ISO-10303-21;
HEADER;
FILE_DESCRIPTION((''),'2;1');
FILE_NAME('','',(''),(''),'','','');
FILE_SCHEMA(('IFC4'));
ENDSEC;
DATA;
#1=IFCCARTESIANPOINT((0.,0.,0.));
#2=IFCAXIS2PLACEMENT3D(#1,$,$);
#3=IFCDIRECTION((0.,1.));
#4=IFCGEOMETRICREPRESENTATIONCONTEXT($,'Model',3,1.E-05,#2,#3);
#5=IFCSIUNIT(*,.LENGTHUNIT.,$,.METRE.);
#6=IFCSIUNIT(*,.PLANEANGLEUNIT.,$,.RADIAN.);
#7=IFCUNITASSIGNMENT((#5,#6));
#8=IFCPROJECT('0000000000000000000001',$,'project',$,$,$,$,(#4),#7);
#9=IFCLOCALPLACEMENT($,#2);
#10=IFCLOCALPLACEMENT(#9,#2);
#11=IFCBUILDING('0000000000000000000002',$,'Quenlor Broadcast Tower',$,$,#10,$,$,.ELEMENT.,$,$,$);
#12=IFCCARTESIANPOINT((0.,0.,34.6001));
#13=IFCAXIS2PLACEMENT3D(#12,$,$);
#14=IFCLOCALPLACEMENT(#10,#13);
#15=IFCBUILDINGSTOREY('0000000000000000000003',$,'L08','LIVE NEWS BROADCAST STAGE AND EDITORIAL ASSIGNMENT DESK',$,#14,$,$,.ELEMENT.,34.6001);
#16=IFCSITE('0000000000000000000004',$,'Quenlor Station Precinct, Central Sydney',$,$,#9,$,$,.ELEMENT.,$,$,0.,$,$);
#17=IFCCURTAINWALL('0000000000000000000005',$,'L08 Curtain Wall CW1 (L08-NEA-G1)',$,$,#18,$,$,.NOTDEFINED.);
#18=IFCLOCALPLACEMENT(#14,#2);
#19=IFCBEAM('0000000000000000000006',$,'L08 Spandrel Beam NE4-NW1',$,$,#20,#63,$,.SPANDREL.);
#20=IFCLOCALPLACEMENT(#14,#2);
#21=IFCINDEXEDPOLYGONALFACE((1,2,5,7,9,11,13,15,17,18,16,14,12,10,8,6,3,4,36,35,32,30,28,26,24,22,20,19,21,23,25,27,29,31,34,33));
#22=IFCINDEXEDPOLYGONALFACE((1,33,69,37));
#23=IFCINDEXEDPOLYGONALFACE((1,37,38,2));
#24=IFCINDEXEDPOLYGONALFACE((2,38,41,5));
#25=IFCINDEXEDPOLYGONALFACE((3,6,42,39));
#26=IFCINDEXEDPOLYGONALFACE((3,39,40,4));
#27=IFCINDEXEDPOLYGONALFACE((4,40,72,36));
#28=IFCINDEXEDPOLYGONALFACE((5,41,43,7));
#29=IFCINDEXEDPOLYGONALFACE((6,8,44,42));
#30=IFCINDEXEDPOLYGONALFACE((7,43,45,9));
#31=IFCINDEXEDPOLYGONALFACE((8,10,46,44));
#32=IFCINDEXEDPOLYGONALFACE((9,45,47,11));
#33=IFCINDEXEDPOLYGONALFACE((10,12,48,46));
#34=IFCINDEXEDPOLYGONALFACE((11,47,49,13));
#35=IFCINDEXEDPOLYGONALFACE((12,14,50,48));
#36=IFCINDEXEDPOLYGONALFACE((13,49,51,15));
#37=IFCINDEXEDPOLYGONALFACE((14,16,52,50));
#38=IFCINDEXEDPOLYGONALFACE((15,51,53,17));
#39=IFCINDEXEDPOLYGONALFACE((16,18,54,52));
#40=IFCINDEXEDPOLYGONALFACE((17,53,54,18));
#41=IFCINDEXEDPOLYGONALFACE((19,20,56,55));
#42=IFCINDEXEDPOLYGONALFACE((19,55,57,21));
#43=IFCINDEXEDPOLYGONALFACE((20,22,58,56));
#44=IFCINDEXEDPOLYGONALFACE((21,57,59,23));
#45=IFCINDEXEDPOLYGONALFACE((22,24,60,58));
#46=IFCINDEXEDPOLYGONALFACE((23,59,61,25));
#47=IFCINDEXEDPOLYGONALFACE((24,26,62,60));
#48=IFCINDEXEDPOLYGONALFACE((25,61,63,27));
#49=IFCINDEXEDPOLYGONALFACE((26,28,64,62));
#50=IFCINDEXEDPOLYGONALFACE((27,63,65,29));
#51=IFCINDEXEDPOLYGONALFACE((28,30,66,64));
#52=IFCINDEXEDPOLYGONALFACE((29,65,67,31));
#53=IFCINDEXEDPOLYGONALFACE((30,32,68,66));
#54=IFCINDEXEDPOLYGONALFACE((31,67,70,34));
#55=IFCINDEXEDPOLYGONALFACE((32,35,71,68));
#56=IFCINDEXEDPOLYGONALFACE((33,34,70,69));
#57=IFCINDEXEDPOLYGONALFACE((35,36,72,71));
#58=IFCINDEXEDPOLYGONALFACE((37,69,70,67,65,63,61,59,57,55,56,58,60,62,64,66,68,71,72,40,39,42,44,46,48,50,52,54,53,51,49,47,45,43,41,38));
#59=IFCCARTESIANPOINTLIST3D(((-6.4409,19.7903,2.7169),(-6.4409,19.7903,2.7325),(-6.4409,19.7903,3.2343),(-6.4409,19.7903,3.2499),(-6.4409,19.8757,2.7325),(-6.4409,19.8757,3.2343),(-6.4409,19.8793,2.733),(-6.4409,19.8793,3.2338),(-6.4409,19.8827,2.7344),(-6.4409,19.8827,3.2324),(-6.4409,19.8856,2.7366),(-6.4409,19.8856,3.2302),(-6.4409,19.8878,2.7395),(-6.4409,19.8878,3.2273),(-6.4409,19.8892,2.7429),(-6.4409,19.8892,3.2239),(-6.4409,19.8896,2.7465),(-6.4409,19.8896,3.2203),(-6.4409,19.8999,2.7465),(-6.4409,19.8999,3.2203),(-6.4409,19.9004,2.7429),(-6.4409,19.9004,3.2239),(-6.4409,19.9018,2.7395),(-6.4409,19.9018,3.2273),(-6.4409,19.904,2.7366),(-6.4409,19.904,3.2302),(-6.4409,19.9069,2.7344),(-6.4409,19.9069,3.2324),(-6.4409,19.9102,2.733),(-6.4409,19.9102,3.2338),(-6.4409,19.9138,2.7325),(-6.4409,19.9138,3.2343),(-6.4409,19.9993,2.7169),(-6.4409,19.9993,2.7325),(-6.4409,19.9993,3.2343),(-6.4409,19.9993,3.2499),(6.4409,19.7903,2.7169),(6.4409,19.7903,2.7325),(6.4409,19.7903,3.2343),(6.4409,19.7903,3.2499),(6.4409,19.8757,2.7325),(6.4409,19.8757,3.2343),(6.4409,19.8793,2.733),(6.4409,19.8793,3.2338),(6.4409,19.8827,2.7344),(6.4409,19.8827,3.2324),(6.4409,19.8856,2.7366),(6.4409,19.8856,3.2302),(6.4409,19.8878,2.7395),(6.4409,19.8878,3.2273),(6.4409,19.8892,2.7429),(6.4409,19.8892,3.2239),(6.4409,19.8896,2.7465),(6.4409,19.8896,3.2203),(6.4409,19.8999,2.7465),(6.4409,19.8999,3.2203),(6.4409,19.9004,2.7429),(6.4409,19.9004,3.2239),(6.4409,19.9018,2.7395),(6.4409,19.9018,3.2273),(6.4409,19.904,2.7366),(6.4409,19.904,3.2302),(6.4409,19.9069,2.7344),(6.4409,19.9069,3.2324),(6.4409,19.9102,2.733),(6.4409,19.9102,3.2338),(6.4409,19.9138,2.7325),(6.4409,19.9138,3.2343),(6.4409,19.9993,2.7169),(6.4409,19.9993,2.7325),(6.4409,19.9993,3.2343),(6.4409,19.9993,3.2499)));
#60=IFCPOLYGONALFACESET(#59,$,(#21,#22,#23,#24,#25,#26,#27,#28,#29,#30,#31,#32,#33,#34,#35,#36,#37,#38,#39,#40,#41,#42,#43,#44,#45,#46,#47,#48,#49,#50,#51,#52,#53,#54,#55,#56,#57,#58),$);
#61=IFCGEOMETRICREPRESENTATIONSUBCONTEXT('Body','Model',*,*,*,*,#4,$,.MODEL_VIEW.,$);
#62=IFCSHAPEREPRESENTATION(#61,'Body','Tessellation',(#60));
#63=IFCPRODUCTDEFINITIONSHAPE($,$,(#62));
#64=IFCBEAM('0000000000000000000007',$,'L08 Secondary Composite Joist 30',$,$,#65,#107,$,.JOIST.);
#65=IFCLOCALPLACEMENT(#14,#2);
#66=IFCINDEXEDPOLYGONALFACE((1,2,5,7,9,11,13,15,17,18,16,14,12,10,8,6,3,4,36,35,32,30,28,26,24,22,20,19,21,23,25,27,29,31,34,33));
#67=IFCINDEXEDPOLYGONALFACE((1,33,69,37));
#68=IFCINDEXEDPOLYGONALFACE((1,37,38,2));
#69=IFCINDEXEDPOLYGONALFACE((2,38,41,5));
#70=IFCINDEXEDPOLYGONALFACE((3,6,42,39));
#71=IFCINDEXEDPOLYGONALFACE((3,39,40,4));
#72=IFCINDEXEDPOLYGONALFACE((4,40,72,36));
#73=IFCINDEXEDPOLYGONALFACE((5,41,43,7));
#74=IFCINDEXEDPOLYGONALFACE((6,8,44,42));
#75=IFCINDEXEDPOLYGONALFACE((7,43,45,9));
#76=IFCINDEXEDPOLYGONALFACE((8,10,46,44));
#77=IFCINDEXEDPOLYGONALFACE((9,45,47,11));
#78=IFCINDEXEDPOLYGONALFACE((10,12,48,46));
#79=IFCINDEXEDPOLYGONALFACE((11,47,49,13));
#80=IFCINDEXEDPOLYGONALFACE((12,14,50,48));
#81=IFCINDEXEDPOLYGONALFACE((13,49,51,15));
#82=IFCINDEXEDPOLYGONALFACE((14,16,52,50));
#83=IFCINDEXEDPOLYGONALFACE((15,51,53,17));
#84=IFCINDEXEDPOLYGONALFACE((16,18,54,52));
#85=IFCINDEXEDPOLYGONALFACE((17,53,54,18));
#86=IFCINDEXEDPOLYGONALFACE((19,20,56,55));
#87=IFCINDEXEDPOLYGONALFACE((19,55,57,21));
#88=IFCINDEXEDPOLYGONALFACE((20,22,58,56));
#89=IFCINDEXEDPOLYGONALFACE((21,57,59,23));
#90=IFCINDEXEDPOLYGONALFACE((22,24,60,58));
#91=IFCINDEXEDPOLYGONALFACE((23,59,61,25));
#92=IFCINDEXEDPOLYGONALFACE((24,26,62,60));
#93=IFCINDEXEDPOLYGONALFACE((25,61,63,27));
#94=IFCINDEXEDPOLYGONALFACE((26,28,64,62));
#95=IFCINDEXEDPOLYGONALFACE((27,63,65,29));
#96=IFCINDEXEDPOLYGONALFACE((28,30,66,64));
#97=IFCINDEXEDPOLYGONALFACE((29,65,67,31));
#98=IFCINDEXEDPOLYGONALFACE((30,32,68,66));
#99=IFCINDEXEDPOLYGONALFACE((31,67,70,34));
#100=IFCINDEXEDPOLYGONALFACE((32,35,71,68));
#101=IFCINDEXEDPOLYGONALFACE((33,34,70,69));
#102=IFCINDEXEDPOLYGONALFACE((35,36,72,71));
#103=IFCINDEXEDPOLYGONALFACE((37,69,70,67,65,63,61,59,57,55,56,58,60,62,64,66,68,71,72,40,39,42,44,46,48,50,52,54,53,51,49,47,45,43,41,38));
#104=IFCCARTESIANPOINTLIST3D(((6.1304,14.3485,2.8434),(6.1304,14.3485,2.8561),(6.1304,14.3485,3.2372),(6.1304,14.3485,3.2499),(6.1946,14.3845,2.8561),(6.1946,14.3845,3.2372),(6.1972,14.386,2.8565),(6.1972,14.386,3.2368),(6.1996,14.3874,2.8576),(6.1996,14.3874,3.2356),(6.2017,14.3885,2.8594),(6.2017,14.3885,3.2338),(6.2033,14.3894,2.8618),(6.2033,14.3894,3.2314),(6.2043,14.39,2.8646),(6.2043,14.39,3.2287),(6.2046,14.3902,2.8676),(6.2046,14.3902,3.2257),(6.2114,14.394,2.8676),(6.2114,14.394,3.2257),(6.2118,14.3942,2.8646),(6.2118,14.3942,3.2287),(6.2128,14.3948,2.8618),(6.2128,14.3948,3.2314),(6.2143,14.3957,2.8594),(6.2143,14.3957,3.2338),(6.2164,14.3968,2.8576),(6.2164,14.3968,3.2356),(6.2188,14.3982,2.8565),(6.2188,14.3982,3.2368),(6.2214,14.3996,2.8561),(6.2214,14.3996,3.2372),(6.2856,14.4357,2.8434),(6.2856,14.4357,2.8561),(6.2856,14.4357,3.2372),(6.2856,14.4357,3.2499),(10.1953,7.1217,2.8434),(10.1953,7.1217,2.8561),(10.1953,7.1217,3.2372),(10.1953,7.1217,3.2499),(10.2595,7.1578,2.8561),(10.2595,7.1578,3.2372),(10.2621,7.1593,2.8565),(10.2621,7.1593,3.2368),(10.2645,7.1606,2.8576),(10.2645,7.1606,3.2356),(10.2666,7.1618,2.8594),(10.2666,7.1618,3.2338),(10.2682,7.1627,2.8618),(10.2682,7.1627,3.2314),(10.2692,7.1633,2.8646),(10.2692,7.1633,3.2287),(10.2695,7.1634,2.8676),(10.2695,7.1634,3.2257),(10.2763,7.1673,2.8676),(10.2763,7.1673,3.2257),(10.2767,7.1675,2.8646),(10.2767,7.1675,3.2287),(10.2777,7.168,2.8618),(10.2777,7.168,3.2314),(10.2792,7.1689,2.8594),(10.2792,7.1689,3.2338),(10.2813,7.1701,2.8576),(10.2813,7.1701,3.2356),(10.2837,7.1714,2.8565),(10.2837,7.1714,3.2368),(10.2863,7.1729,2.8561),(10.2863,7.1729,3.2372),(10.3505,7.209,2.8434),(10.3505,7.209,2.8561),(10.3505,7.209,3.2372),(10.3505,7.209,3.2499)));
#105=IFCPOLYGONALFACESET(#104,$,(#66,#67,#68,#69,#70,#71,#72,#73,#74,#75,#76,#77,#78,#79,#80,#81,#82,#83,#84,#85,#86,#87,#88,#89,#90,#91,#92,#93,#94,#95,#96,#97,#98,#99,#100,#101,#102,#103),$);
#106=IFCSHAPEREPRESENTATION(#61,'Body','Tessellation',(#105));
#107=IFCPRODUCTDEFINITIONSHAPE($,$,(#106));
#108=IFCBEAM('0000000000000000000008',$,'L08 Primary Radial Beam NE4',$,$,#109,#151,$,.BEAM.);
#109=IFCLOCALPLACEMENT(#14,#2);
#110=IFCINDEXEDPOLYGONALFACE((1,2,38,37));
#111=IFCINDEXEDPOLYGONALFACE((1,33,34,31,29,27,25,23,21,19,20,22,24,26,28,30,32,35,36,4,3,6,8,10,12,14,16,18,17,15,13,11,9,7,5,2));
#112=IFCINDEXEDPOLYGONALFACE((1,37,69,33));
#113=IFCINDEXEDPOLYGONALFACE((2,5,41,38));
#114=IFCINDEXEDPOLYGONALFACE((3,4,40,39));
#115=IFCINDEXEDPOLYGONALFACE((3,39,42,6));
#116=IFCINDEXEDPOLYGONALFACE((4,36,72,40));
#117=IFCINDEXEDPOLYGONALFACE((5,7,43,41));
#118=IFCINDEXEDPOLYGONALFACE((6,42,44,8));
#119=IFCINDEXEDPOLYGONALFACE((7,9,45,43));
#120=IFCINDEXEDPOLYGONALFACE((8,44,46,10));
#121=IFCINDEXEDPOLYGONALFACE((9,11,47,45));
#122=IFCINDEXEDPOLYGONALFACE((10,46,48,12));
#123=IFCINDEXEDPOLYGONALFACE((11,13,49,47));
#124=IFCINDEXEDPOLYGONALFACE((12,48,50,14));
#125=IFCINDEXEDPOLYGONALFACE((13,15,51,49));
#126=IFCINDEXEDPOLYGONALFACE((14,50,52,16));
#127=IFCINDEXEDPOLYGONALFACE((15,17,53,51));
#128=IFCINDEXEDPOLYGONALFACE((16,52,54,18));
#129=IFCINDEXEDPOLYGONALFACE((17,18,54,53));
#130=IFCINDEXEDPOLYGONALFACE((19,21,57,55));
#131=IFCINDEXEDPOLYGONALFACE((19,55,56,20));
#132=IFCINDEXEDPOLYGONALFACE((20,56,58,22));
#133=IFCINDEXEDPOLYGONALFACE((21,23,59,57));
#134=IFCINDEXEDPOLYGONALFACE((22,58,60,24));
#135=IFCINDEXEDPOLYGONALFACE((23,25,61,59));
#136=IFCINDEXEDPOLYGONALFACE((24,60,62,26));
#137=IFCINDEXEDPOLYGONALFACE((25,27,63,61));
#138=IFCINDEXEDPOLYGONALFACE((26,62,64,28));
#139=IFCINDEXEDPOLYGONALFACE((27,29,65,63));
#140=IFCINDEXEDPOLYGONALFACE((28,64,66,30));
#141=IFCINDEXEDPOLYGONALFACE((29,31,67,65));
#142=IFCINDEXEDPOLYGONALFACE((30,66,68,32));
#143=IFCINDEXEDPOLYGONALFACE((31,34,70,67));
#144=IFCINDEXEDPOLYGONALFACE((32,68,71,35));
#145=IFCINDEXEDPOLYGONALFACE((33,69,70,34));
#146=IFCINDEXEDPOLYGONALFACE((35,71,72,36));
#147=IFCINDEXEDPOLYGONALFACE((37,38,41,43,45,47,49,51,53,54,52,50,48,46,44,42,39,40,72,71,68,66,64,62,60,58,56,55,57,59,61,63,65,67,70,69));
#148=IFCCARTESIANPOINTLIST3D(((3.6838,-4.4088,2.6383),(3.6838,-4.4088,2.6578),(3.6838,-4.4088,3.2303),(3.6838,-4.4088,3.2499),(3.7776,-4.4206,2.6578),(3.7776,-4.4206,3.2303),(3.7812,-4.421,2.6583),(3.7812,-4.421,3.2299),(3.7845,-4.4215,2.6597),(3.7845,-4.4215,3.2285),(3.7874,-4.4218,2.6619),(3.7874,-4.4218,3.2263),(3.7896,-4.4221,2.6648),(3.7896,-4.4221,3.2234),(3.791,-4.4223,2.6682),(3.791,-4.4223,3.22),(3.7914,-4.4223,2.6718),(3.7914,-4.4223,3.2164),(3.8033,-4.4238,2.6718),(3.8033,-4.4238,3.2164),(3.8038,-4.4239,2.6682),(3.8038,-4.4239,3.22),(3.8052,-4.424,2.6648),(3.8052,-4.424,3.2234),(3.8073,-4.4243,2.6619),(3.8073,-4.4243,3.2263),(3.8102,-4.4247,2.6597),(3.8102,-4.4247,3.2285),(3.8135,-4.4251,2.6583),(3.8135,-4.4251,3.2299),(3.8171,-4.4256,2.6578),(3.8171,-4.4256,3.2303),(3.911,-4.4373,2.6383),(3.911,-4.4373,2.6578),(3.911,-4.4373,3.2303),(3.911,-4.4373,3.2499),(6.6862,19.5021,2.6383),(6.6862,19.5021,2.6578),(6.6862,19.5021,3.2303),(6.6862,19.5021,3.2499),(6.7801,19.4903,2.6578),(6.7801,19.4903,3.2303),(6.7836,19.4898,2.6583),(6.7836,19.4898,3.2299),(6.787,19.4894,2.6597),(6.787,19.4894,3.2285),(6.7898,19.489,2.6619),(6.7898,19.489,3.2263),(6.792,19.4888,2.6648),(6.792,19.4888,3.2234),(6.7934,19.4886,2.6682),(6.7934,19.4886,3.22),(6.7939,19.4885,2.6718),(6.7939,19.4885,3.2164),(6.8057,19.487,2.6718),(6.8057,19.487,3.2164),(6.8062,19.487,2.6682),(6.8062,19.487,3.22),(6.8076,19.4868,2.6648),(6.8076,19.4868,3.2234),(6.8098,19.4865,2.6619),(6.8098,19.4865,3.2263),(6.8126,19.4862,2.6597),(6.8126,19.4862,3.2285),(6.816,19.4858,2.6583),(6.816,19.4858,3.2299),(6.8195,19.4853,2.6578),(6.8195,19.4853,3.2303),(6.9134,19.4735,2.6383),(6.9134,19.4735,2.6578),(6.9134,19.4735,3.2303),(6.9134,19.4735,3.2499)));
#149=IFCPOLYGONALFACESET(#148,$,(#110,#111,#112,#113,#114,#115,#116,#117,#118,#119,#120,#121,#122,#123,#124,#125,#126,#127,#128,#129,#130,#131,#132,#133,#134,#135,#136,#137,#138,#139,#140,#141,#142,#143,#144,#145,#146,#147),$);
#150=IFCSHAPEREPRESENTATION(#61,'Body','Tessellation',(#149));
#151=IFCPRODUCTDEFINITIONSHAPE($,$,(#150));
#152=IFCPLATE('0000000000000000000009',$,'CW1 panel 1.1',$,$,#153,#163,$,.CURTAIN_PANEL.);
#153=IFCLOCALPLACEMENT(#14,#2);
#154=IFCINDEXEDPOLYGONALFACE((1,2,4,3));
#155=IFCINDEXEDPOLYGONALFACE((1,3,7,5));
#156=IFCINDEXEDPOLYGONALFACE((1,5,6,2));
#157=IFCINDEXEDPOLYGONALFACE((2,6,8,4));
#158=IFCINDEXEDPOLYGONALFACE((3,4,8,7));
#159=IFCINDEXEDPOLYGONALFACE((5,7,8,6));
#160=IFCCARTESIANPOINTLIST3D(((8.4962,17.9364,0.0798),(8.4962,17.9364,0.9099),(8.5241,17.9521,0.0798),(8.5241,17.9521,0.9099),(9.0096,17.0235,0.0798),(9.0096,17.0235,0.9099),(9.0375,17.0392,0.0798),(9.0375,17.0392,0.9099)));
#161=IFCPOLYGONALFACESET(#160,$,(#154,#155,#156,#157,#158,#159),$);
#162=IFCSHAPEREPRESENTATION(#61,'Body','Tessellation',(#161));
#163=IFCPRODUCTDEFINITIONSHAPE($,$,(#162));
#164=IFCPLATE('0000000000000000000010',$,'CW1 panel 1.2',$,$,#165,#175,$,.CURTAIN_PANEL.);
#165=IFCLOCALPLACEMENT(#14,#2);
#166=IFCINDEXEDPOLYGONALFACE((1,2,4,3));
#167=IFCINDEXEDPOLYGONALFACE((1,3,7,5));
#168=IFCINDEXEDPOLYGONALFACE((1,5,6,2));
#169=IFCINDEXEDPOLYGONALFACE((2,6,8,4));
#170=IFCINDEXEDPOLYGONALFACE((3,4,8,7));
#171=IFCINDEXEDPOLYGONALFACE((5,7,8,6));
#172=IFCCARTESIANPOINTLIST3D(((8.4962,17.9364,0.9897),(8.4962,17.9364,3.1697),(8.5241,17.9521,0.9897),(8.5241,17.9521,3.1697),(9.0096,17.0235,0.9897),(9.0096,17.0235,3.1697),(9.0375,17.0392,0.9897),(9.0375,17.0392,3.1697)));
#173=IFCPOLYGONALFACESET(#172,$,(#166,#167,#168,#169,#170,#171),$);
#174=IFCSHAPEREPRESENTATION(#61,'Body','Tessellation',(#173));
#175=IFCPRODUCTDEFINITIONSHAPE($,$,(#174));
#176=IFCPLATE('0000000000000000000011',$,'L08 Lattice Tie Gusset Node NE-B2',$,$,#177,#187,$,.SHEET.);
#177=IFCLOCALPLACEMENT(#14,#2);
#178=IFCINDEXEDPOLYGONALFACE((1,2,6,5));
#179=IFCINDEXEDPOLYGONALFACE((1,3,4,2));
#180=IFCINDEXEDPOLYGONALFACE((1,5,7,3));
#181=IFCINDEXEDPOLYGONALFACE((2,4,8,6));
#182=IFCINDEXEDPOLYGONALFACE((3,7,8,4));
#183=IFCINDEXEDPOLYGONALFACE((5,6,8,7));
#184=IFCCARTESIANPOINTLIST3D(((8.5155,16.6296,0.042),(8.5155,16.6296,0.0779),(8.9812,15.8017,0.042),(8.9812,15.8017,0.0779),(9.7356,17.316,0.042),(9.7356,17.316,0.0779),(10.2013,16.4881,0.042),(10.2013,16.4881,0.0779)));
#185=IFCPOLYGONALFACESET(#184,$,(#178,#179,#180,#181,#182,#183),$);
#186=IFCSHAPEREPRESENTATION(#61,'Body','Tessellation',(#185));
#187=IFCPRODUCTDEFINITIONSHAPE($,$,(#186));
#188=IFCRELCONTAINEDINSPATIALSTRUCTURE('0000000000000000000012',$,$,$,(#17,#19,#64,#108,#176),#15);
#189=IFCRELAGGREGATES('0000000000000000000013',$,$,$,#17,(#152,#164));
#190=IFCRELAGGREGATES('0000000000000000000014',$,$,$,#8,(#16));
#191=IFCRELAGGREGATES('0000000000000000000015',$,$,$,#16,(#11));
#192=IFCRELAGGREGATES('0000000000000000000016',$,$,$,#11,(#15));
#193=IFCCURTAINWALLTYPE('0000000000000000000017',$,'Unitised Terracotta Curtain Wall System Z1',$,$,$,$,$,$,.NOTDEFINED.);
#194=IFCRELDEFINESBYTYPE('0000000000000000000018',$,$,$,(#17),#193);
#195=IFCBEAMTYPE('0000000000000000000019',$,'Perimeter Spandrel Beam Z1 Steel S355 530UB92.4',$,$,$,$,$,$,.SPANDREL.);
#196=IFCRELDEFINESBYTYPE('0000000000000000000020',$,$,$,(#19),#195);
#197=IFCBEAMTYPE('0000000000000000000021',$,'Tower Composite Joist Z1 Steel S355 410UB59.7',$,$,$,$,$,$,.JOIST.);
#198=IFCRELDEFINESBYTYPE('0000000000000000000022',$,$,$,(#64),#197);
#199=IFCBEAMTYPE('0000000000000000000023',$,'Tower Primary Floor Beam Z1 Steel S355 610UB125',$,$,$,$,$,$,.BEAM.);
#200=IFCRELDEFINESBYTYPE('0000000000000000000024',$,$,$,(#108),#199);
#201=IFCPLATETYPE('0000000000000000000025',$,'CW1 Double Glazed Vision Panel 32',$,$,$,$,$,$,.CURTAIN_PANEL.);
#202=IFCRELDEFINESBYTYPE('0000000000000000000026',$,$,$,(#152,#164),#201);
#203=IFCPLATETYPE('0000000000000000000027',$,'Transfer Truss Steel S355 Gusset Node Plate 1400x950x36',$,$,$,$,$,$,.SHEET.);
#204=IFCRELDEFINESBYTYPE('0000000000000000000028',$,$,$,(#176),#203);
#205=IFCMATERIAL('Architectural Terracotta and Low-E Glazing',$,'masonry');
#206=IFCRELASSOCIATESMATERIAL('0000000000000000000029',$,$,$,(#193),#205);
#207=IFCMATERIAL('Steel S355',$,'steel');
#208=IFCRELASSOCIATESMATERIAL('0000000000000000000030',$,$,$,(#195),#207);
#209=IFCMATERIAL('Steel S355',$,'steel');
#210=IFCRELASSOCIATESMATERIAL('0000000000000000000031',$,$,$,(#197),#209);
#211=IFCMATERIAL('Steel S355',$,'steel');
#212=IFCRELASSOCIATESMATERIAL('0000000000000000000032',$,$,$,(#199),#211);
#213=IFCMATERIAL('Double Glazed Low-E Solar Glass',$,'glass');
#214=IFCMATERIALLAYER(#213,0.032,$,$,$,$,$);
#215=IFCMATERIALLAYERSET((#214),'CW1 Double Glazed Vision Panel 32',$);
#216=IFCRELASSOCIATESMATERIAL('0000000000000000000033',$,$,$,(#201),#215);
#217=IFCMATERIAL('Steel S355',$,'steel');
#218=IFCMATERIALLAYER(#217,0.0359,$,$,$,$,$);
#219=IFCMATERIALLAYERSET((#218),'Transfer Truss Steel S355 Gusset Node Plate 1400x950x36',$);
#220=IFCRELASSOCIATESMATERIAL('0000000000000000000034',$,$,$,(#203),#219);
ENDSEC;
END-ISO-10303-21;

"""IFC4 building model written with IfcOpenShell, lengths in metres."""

from ifc_helpers import new_model, si_unit, direction, frame, origin, origin_2d, place, context, subcontext, project, spatial, rectangle, i_section, extrude, material, layer, layer_set, material_profile, profile_set, type_object, element, aggregate, save


model = new_model("IFC4")

# Units and contexts
model_context = context("Model", 3, precision=1e-05, world=origin(), true_north=direction((0.0, 1.0)))
body_context = subcontext(model_context, "Body", "Model", "MODEL_VIEW")
ifc_project = project(units=[si_unit("LENGTHUNIT", "METRE"), si_unit("PLANEANGLEUNIT", "RADIAN")], contexts=[model_context])

# Site, building, storey
site_placement = place(None, origin())
site = spatial("IfcSite", under=ifc_project, at=site_placement, Name="Quenlor Station Precinct, Central Sydney", CompositionType="ELEMENT", RefElevation=0.0)
building_placement = place(site_placement, origin())
building = spatial("IfcBuilding", under=site, at=building_placement, Name="Quenlor Broadcast Tower", CompositionType="ELEMENT")
storey_placement = place(building_placement, frame((0.0, 0.0, 34.6001)))
storey = spatial("IfcBuildingStorey", under=building, at=storey_placement, Name="L08", Description="LIVE NEWS BROADCAST STAGE AND EDITORIAL ASSIGNMENT DESK", CompositionType="ELEMENT", Elevation=34.6001)

# Curtain wall
ifc_material_1 = material(Name="Architectural Terracotta and Low-E Glazing", Category="masonry")
curtain_wall_type = type_object("IfcCurtainWallType", Name="Unitised Terracotta Curtain Wall System Z1", PredefinedType="NOTDEFINED", material=ifc_material_1)
curtain_wall_placement = place(storey_placement, origin())
curtain_wall = element("IfcCurtainWall", 1, at=curtain_wall_placement, inside=storey, type_object=curtain_wall_type, Name="L08 Curtain Wall CW1 (L08-NEA-G1)", PredefinedType="NOTDEFINED")

# Beams
ifc_material_2 = material(Name="Steel S355", Category="steel")
ifc_material_profile_1 = material_profile(ifc_material_2, i_section(OverallWidth=0.209, OverallDepth=0.533, WebThickness=0.0103, FlangeThickness=0.0156, FilletRadius=0.0139, at=origin_2d()))
ifc_profile_set_1 = profile_set([ifc_material_profile_1], Name="Steel S355 530UB92.4")
beam_type_1 = type_object("IfcBeamType", Name="Perimeter Spandrel Beam Z1 Steel S355 530UB92.4", PredefinedType="SPANDREL", material=ifc_profile_set_1)
beam_1_placement = place(storey_placement, frame((6.4409, 19.8948, 2.9834), z_axis=(-1.0, 0.0, 0.0), x_axis=(0.0, -1.0, 0.0)))
element("IfcBeam", 2, at=beam_1_placement, inside=storey, type_object=beam_type_1, Name="L08 Spandrel Beam NE4-NW1", PredefinedType="SPANDREL", context=body_context, shape_type="SweptSolid", body=[
    extrude(i_section(OverallWidth=0.209, OverallDepth=0.533, WebThickness=0.0103, FlangeThickness=0.0156, FilletRadius=0.0139, at=origin_2d()), origin(), (0.0, 0.0, 1.0), 12.8818),
])
ifc_material_3 = material(Name="Steel S355", Category="steel")
ifc_material_profile_2 = material_profile(ifc_material_3, i_section(OverallWidth=0.178, OverallDepth=0.4065, WebThickness=0.0078, FlangeThickness=0.0127, FilletRadius=0.0115, at=origin_2d()))
ifc_profile_set_2 = profile_set([ifc_material_profile_2], Name="Steel S355 410UB59.7")
beam_type_2 = type_object("IfcBeamType", Name="Tower Composite Joist Z1 Steel S355 410UB59.7", PredefinedType="JOIST", material=ifc_profile_set_2)
beam_2_placement = place(storey_placement, frame((6.208, 14.3921, 3.0466), z_axis=(0.490249, -0.871583, 0.0), x_axis=(0.871583, 0.490249, 0.0)))
element("IfcBeam", 3, at=beam_2_placement, inside=storey, type_object=beam_type_2, Name="L08 Secondary Composite Joist 30", PredefinedType="JOIST", context=body_context, shape_type="SweptSolid", body=[
    extrude(i_section(OverallWidth=0.178, OverallDepth=0.4065, WebThickness=0.0078, FlangeThickness=0.0127, FilletRadius=0.0115, at=origin_2d()), origin(), (0.0, 0.0, 1.0), 8.2915),
])
ifc_material_4 = material(Name="Steel S355", Category="steel")
ifc_material_profile_3 = material_profile(ifc_material_4, i_section(OverallWidth=0.229, OverallDepth=0.6116, WebThickness=0.012, FlangeThickness=0.0195, FilletRadius=0.0139, at=origin_2d()))
ifc_profile_set_3 = profile_set([ifc_material_profile_3], Name="Steel S355 610UB125")
beam_type_3 = type_object("IfcBeamType", Name="Tower Primary Floor Beam Z1 Steel S355 610UB125", PredefinedType="BEAM", material=ifc_profile_set_3)
beam_3_placement = place(storey_placement, frame((6.7998, 19.4878, 2.9441), z_axis=(-0.12459, -0.992208, 0.0), x_axis=(0.992208, -0.12459, 0.0)))
element("IfcBeam", 4, at=beam_3_placement, inside=storey, type_object=beam_type_3, Name="L08 Primary Radial Beam NE4", PredefinedType="BEAM", context=body_context, shape_type="SweptSolid", body=[
    extrude(i_section(OverallWidth=0.229, OverallDepth=0.6116, WebThickness=0.012, FlangeThickness=0.0195, FilletRadius=0.0139, at=origin_2d()), origin(), (0.0, 0.0, 1.0), 24.0986),
])

# Plates
ifc_material_5 = material(Name="Double Glazed Low-E Solar Glass", Category="glass")
ifc_layer_1 = layer(ifc_material_5, 0.032)
ifc_layer_set_1 = layer_set([ifc_layer_1], Name="CW1 Double Glazed Vision Panel 32")
plate_type_1 = type_object("IfcPlateType", Name="CW1 Double Glazed Vision Panel 32", PredefinedType="CURTAIN_PANEL", material=ifc_layer_set_1)
plate_1_placement = place(storey_placement, frame((8.7668, 17.4878, 0.0798), z_axis=(0.0, 0.0, 1.0), x_axis=(0.490214, -0.871602, 0.0)))
plate_1 = element("IfcPlate", 5, at=plate_1_placement, type_object=plate_type_1, Name="CW1 panel 1.1", PredefinedType="CURTAIN_PANEL", context=body_context, shape_type="SweptSolid", body=[
    extrude(rectangle(XDim=1.0474, YDim=0.032, at=origin_2d()), origin(), (0.0, 0.0, 1.0), 0.8301),
])
plate_2_placement = place(storey_placement, frame((8.7668, 17.4878, 0.9897), z_axis=(0.0, 0.0, 1.0), x_axis=(0.490214, -0.871602, 0.0)))
plate_2 = element("IfcPlate", 6, at=plate_2_placement, type_object=plate_type_1, Name="CW1 panel 1.2", PredefinedType="CURTAIN_PANEL", context=body_context, shape_type="SweptSolid", body=[
    extrude(rectangle(XDim=1.0474, YDim=0.032, at=origin_2d()), origin(), (0.0, 0.0, 1.0), 2.1799),
])
aggregate(curtain_wall, [plate_1, plate_2])

# Plate
ifc_material_6 = material(Name="Steel S355", Category="steel")
ifc_layer_2 = layer(ifc_material_6, 0.0359)
ifc_layer_set_2 = layer_set([ifc_layer_2], Name="Transfer Truss Steel S355 Gusset Node Plate 1400x950x36")
plate_type_2 = type_object("IfcPlateType", Name="Transfer Truss Steel S355 Gusset Node Plate 1400x950x36", PredefinedType="SHEET", material=ifc_layer_set_2)
for number, where, z_axis, x_axis, name in (
    (7, (9.3584, 16.5588, 0.042), (0.0, 0.0, 1.0), (0.871556, 0.490295, 0.0), "L08 Lattice Tie Gusset Node NE-B2"),
):
    element("IfcPlate", number, at=place(storey_placement, frame(where, z_axis=z_axis, x_axis=x_axis)), inside=storey, type_object=plate_type_2, Name=name, PredefinedType="SHEET", context=body_context, shape_type="SweptSolid", body=[
        extrude(rectangle(XDim=1.3999, YDim=0.95, at=origin_2d()), origin(), (0.0, 0.0, 1.0), 0.0359),
    ])

save(model, "model.ifc")
